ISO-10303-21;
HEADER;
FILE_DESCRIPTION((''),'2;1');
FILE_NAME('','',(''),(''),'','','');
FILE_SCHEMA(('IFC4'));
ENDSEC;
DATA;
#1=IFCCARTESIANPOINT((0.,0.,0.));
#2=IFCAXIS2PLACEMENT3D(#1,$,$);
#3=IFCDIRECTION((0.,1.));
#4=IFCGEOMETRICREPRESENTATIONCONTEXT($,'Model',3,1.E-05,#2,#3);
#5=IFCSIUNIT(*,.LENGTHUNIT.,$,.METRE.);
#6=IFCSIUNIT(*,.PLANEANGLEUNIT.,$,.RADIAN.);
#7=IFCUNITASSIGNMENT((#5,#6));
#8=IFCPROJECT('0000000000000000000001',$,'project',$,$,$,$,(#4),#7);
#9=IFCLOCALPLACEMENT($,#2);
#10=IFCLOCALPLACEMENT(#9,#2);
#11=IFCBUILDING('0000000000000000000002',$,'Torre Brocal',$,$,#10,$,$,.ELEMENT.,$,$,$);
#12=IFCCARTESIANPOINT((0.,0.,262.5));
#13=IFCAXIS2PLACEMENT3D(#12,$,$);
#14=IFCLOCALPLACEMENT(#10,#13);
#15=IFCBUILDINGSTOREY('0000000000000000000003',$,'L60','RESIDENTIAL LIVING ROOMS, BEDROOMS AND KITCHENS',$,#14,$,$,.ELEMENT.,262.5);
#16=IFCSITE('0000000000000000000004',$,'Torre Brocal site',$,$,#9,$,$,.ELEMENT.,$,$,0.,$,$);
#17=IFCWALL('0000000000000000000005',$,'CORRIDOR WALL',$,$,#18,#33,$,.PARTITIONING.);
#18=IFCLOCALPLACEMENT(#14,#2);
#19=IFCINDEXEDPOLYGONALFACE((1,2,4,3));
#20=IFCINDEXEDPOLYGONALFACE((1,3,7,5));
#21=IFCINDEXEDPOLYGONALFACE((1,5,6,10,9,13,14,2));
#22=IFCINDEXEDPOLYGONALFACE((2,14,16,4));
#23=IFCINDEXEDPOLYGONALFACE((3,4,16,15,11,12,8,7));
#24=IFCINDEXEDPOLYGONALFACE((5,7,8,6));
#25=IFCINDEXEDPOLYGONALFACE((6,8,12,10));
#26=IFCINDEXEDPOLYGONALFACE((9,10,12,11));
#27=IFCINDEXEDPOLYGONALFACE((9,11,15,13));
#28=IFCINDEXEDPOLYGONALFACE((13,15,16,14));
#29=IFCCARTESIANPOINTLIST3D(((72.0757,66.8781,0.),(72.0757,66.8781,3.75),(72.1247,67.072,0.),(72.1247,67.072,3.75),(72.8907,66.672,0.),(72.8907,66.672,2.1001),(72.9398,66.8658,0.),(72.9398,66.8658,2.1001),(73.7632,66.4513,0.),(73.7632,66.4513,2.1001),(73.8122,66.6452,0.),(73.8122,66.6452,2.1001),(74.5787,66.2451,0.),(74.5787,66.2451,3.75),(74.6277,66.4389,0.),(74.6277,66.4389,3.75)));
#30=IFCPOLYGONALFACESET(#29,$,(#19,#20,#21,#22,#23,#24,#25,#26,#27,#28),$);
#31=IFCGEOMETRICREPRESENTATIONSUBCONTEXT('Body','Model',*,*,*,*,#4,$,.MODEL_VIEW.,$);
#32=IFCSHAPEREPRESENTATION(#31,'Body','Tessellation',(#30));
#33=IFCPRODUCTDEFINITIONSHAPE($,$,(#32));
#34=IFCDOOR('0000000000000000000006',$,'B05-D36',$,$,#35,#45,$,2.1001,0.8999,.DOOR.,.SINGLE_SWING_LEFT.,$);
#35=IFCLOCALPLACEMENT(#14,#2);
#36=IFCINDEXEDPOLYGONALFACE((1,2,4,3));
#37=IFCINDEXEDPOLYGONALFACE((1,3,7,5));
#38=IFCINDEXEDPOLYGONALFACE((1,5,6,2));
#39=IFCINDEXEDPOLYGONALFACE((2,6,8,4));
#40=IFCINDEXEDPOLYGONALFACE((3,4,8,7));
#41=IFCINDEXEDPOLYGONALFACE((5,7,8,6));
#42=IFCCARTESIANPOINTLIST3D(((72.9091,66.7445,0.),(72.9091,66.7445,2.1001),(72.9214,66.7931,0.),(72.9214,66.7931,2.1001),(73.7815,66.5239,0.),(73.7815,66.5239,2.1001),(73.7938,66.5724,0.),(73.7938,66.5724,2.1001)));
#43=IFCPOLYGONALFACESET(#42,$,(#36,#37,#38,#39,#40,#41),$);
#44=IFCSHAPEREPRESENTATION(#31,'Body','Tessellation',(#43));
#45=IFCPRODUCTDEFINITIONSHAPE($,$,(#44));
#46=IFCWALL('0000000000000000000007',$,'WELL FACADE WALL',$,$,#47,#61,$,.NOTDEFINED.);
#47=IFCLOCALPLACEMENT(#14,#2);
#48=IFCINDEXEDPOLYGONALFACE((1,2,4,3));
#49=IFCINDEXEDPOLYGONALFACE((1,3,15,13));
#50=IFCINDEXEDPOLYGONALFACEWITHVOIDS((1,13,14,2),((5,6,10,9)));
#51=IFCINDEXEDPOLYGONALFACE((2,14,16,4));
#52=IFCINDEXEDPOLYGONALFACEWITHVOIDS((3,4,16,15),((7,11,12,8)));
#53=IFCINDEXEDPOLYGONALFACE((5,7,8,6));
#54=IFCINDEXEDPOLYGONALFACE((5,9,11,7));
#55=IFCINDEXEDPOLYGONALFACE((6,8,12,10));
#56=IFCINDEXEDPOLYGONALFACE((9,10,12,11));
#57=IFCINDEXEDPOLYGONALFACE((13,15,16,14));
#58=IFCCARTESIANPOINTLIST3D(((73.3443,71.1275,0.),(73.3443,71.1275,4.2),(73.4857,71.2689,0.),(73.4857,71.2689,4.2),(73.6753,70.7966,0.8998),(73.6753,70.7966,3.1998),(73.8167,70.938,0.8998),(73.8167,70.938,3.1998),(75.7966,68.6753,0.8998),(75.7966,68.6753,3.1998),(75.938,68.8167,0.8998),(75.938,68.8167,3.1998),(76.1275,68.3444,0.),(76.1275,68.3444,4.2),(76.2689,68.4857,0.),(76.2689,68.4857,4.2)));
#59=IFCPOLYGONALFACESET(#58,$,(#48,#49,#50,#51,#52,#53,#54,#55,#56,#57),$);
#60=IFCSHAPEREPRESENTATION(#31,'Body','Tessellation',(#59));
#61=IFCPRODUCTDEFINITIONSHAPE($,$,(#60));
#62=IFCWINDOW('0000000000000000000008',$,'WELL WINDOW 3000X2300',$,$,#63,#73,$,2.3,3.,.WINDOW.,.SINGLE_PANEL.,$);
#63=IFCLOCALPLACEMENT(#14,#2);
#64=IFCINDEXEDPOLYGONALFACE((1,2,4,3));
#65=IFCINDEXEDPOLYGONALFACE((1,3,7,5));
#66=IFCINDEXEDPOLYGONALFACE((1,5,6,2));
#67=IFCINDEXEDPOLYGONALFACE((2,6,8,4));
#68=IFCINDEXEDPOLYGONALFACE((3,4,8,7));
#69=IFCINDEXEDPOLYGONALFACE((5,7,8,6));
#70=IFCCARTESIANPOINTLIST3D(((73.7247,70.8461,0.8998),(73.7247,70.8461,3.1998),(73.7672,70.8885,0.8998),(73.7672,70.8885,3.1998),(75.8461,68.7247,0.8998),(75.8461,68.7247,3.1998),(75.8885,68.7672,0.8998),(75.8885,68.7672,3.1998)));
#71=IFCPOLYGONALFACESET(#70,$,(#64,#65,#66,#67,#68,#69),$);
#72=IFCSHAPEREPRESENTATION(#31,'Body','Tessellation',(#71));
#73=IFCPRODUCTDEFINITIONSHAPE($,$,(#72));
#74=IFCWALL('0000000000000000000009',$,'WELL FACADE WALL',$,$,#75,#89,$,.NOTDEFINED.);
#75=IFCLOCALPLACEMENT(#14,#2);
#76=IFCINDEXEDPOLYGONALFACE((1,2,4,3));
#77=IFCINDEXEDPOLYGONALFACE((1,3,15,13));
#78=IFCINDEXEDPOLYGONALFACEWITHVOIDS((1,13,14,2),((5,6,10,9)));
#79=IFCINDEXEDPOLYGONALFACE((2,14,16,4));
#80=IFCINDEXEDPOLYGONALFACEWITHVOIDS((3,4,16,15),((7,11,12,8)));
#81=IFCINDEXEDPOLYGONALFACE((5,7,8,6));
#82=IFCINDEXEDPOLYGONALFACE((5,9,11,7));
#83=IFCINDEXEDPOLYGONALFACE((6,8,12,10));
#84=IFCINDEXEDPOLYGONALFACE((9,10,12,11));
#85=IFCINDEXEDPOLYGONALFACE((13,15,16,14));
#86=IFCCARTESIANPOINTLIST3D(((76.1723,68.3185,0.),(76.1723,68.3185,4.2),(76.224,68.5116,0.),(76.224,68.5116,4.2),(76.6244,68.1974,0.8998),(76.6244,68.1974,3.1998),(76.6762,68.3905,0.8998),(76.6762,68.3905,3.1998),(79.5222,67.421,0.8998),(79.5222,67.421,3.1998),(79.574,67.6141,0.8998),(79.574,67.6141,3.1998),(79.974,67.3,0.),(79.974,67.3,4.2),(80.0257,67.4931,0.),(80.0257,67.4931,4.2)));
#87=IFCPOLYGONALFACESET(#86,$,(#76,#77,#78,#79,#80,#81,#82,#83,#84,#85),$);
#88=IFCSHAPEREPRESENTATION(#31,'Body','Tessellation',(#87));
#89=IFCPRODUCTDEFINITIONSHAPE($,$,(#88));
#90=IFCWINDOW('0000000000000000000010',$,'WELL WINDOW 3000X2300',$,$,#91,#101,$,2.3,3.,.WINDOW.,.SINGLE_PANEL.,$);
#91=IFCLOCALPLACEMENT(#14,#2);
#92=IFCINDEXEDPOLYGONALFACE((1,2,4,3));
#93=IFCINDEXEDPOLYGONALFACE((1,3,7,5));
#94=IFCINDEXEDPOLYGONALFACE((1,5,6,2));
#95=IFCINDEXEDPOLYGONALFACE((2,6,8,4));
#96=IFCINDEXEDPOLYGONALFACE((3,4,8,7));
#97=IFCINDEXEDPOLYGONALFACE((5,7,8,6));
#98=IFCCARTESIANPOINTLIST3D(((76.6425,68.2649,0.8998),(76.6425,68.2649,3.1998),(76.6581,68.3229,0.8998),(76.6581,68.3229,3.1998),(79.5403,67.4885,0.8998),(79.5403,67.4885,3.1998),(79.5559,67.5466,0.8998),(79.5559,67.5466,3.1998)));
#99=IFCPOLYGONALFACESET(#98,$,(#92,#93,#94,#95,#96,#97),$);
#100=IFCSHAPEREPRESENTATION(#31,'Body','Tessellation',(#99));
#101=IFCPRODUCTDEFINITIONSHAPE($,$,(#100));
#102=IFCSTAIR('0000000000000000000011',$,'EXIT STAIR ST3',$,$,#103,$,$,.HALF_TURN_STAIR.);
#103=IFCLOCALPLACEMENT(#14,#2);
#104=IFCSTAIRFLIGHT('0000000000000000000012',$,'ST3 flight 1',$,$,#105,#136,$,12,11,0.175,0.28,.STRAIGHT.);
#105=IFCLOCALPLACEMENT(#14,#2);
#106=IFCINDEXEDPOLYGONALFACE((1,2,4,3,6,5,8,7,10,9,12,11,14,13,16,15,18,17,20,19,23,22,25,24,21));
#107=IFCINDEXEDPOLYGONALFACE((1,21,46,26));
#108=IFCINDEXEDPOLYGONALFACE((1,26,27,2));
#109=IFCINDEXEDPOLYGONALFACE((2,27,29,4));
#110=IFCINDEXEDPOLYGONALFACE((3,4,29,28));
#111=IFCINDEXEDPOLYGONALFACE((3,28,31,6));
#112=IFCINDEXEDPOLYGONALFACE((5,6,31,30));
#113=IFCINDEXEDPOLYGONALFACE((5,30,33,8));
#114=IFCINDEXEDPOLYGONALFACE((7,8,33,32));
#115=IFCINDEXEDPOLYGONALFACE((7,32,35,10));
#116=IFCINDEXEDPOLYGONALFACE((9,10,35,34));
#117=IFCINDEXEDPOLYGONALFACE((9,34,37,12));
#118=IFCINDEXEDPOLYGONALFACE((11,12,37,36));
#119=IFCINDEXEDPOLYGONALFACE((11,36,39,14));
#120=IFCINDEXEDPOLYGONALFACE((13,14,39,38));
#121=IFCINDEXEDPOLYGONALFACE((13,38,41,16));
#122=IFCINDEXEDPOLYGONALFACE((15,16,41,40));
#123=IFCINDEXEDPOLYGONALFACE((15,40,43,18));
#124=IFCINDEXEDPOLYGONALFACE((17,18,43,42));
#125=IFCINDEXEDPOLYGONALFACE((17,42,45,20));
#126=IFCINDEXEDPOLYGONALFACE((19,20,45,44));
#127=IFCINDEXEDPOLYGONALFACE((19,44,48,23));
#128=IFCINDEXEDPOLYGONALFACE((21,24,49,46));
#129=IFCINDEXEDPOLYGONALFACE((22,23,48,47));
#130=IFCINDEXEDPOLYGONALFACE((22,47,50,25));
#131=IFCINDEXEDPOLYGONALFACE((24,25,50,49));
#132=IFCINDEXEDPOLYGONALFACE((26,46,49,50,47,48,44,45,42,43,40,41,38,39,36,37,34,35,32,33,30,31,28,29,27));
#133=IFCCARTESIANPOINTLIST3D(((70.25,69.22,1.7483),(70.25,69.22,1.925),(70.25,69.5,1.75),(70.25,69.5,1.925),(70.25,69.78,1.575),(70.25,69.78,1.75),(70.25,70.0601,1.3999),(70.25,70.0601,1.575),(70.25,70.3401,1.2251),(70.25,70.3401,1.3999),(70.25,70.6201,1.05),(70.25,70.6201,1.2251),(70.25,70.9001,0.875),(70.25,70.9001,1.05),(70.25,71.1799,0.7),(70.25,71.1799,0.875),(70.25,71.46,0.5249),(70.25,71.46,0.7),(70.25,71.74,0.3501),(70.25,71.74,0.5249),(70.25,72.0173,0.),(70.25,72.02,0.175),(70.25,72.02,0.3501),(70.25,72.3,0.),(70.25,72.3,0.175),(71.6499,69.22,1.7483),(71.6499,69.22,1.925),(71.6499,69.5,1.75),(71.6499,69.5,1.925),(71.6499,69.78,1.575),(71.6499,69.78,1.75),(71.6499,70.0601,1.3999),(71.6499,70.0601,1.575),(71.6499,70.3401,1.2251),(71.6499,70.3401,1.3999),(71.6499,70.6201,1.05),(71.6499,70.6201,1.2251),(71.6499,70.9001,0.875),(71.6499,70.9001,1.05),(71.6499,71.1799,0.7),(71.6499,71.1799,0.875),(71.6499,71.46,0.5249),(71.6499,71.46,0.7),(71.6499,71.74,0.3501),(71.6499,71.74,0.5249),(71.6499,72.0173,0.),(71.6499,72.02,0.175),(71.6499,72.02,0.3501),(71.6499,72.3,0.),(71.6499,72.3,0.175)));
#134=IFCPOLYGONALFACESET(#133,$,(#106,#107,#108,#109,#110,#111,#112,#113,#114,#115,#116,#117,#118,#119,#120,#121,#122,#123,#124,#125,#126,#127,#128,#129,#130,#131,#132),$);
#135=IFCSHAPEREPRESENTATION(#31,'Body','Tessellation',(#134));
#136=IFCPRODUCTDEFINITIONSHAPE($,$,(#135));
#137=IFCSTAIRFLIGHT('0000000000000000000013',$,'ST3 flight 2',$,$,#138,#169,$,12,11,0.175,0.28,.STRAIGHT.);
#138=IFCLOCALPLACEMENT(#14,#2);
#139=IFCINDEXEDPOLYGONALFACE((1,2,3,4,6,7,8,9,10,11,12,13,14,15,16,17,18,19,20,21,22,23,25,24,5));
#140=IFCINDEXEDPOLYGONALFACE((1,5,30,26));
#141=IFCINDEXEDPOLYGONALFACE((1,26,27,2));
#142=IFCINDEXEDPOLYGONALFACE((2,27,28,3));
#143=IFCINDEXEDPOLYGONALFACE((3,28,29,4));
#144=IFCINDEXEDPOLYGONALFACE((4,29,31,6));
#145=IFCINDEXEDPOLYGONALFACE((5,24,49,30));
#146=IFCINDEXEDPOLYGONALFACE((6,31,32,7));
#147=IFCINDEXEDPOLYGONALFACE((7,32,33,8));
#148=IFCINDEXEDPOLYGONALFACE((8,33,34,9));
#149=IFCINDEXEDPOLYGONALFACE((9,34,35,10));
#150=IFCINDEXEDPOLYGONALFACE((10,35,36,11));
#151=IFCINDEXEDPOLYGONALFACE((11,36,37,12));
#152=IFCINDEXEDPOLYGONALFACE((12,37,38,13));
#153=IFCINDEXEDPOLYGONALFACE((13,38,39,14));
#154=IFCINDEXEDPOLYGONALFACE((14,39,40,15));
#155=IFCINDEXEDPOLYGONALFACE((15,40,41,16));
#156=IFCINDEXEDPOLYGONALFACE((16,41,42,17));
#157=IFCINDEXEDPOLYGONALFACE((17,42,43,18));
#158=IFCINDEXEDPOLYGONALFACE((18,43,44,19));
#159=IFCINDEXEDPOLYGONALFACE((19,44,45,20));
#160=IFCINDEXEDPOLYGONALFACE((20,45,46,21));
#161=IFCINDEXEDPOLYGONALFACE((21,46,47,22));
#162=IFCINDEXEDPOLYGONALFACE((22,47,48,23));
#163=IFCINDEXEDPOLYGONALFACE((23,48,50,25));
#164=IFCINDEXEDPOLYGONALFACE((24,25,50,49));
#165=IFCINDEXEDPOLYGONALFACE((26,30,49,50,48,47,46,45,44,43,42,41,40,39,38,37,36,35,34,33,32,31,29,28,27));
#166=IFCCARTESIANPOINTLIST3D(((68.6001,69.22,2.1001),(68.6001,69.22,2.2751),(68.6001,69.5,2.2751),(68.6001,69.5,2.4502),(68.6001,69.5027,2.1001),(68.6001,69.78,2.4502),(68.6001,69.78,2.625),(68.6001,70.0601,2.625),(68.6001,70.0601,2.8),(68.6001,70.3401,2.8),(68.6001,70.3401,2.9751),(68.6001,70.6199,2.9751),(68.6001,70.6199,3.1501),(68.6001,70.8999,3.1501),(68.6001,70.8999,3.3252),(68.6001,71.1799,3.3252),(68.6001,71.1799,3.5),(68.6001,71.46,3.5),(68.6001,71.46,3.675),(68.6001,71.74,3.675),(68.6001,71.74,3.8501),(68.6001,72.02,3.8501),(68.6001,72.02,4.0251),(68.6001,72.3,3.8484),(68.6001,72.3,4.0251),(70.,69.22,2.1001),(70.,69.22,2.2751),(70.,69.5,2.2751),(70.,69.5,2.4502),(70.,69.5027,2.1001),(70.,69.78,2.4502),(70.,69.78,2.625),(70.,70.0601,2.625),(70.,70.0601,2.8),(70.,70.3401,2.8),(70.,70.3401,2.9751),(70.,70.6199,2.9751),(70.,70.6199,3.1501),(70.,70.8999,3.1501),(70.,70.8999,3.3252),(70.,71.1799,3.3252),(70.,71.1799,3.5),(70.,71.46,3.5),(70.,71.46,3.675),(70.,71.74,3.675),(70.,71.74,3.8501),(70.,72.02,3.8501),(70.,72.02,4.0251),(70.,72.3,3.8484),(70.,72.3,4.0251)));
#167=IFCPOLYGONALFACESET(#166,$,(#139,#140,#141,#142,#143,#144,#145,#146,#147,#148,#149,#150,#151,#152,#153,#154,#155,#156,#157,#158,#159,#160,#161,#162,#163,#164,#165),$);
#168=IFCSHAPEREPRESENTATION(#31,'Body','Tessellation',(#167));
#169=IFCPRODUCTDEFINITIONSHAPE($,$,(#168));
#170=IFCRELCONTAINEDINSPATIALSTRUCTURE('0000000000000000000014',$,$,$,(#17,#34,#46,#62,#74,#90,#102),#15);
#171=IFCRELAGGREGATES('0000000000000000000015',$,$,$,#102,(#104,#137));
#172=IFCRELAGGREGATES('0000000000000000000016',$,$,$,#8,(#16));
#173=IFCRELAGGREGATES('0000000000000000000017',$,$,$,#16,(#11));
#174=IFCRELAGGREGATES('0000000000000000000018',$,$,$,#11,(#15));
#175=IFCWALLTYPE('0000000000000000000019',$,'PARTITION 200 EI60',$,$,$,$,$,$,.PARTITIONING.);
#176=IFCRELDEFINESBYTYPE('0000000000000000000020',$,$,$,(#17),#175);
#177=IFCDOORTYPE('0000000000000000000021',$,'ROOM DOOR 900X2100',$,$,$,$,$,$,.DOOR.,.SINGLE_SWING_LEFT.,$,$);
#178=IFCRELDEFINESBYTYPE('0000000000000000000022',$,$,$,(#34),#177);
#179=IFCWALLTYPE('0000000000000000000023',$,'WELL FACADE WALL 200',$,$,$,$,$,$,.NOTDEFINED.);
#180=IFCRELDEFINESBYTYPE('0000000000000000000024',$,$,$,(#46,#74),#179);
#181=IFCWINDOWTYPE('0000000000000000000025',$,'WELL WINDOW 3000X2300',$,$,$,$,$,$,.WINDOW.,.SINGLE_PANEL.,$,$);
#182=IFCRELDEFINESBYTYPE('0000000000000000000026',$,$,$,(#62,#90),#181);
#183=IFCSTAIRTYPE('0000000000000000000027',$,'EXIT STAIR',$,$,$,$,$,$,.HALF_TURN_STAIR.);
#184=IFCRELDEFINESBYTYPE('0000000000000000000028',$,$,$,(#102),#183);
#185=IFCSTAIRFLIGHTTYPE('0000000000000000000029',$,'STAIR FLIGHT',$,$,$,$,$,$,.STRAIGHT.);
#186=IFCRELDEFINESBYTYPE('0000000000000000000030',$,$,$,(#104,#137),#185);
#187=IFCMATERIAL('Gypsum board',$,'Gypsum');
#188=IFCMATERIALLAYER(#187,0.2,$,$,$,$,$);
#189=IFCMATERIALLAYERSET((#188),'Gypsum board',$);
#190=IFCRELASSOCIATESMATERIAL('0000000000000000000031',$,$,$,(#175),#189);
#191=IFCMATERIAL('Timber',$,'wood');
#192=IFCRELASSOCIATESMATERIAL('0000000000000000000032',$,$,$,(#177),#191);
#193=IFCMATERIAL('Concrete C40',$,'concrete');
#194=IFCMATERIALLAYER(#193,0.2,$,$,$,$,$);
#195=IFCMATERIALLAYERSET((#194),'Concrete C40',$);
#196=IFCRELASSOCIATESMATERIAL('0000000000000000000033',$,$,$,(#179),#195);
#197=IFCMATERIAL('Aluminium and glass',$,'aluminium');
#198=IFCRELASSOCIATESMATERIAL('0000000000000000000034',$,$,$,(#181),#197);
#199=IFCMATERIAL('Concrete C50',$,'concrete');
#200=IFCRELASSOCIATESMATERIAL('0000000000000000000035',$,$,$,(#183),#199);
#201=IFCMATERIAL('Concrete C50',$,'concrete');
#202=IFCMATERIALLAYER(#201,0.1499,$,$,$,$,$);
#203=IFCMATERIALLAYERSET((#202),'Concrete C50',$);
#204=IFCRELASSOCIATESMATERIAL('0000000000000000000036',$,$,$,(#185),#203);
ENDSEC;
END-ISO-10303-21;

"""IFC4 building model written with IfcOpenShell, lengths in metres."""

from ifc_helpers import new_model, si_unit, direction, frame, frame_2d, origin, place, context, subcontext, project, spatial, polyline, rectangle, outline, extrude, material, layer, layer_set, type_object, element, fill, aggregate, save


model = new_model("IFC4")

# Units and contexts
model_context = context("Model", 3, precision=1e-05, world=origin(), true_north=direction((0.0, 1.0)))
body_context = subcontext(model_context, "Body", "Model", "MODEL_VIEW")
ifc_project = project(units=[si_unit("LENGTHUNIT", "METRE"), si_unit("PLANEANGLEUNIT", "RADIAN")], contexts=[model_context])

# Site, building, storey
site_placement = place(None, origin())
site = spatial("IfcSite", under=ifc_project, at=site_placement, Name="Torre Brocal site", CompositionType="ELEMENT", RefElevation=0.0)
building_placement = place(site_placement, origin())
building = spatial("IfcBuilding", under=site, at=building_placement, Name="Torre Brocal", CompositionType="ELEMENT")
storey_placement = place(building_placement, frame((0.0, 0.0, 262.5)))
storey = spatial("IfcBuildingStorey", under=building, at=storey_placement, Name="L60", Description="RESIDENTIAL LIVING ROOMS, BEDROOMS AND KITCHENS", CompositionType="ELEMENT", Elevation=262.5)

# Wall, opening, door
ifc_material_1 = material(Name="Gypsum board", Category="Gypsum")
ifc_layer_1 = layer(ifc_material_1, 0.2)
ifc_layer_set_1 = layer_set([ifc_layer_1], Name="Gypsum board")
wall_type_1 = type_object("IfcWallType", Name="PARTITION 200 EI60", PredefinedType="PARTITIONING", material=ifc_layer_set_1)
wall_1_placement = place(storey_placement, frame((72.1001, 66.9751, 0.0), z_axis=(0.0, 0.0, 1.0), x_axis=(0.969471, -0.245205, 0.0)))
wall_1 = element("IfcWall", 1, at=wall_1_placement, inside=storey, type_object=wall_type_1, Name="CORRIDOR WALL", PredefinedType="PARTITIONING", context=body_context, shape_type="SweptSolid", body=[
    extrude(rectangle(XDim=2.5818, YDim=0.2, at=frame_2d((1.291, 0.0))), origin(), (0.0, 0.0, 1.0), 3.75),
])
opening_1_placement = place(wall_1_placement, frame((0.8408, 0.0, 0.0)))
opening_1 = element("IfcOpeningElement", 2, at=opening_1_placement, cuts=wall_1, PredefinedType="OPENING", context=body_context, shape_type="SweptSolid", body=[
    extrude(rectangle(XDim=0.8999, YDim=2.1001, at=frame_2d((0.45, 1.05))), frame((0.0, 0.1099, 0.0), z_axis=(0.0, -1.0, 0.0), x_axis=(1.0, 0.0, 0.0)), (0.0, 0.0, 1.0), 0.22),
])
ifc_material_2 = material(Name="Timber", Category="wood")
door_type_1 = type_object("IfcDoorType", Name="ROOM DOOR 900X2100", OperationType="SINGLE_SWING_LEFT", PredefinedType="DOOR", material=ifc_material_2)
door_1_placement = place(opening_1_placement, origin())
door_1 = element("IfcDoor", 3, at=door_1_placement, inside=storey, type_object=door_type_1, Name="B05-D36", OperationType="SINGLE_SWING_LEFT", OverallHeight=2.1001, OverallWidth=0.8999, PredefinedType="DOOR", context=body_context, shape_type="SweptSolid", body=[
    extrude(rectangle(XDim=0.8999, YDim=2.1001, at=frame_2d((0.45, 1.05))), frame((0.0, 0.0249, 0.0), z_axis=(0.0, -1.0, 0.0), x_axis=(1.0, 0.0, 0.0)), (0.0, 0.0, 1.0), 0.05),
])
fill(opening_1, door_1)

# Walls, openings, windows
ifc_material_3 = material(Name="Concrete C40", Category="concrete")
ifc_layer_2 = layer(ifc_material_3, 0.2)
ifc_layer_set_2 = layer_set([ifc_layer_2], Name="Concrete C40")
wall_type_2 = type_object("IfcWallType", Name="WELL FACADE WALL 200", PredefinedType="NOTDEFINED", material=ifc_layer_set_2)
wall_2_placement = place(storey_placement, frame((73.415, 71.1982, 0.0), z_axis=(0.0, 0.0, 1.0), x_axis=(0.707107, -0.707107, 0.0)))
wall_2 = element("IfcWall", 4, at=wall_2_placement, inside=storey, type_object=wall_type_2, Name="WELL FACADE WALL", PredefinedType="NOTDEFINED", context=body_context, shape_type="SweptSolid", body=[
    extrude(rectangle(XDim=3.936, YDim=0.2, at=frame_2d((1.968, 0.0))), origin(), (0.0, 0.0, 1.0), 4.2),
])
opening_2_placement = place(wall_2_placement, frame((0.468, 0.0, 0.8999)))
opening_2 = element("IfcOpeningElement", 5, at=opening_2_placement, cuts=wall_2, PredefinedType="OPENING", context=body_context, shape_type="SweptSolid", body=[
    extrude(rectangle(XDim=3.0, YDim=2.3, at=frame_2d((1.5, 1.1499))), frame((0.0, 0.1099, 0.0), z_axis=(0.0, -1.0, 0.0), x_axis=(1.0, 0.0, 0.0)), (0.0, 0.0, 1.0), 0.22),
])
ifc_material_4 = material(Name="Aluminium and glass", Category="aluminium")
window_type = type_object("IfcWindowType", Name="WELL WINDOW 3000X2300", PartitioningType="SINGLE_PANEL", PredefinedType="WINDOW", material=ifc_material_4)
window_1_placement = place(opening_2_placement, origin())
window_1 = element("IfcWindow", 6, at=window_1_placement, inside=storey, type_object=window_type, Name="WELL WINDOW 3000X2300", OverallHeight=2.3, OverallWidth=3.0, PartitioningType="SINGLE_PANEL", PredefinedType="WINDOW", context=body_context, shape_type="SweptSolid", body=[
    extrude(rectangle(XDim=3.0, YDim=2.3, at=frame_2d((1.5, 1.1499))), frame((0.0, 0.03, 0.0), z_axis=(0.0, -1.0, 0.0), x_axis=(1.0, 0.0, 0.0)), (0.0, 0.0, 1.0), 0.0601),
])
fill(opening_2, window_1)
wall_3_placement = place(storey_placement, frame((76.1982, 68.415, 0.0), z_axis=(0.0, 0.0, 1.0), x_axis=(0.965934, -0.25879, 0.0)))
wall_3 = element("IfcWall", 7, at=wall_3_placement, inside=storey, type_object=wall_type_2, Name="WELL FACADE WALL", PredefinedType="NOTDEFINED", context=body_context, shape_type="SweptSolid", body=[
    extrude(rectangle(XDim=3.9358, YDim=0.2, at=frame_2d((1.9678, 0.0))), origin(), (0.0, 0.0, 1.0), 4.2),
])
opening_3_placement = place(wall_3_placement, frame((0.468, 0.0, 0.8999)))
opening_3 = element("IfcOpeningElement", 8, at=opening_3_placement, cuts=wall_3, PredefinedType="OPENING", context=body_context, shape_type="SweptSolid", body=[
    extrude(rectangle(XDim=3.0, YDim=2.3, at=frame_2d((1.5, 1.1499))), frame((0.0, 0.1099, 0.0), z_axis=(0.0, -1.0, 0.0), x_axis=(1.0, 0.0, 0.0)), (0.0, 0.0, 1.0), 0.22),
])
window_2_placement = place(opening_3_placement, origin())
window_2 = element("IfcWindow", 9, at=window_2_placement, inside=storey, type_object=window_type, Name="WELL WINDOW 3000X2300", OverallHeight=2.3, OverallWidth=3.0, PartitioningType="SINGLE_PANEL", PredefinedType="WINDOW", context=body_context, shape_type="SweptSolid", body=[
    extrude(rectangle(XDim=3.0, YDim=2.3, at=frame_2d((1.5, 1.1499))), frame((0.0, 0.03, 0.0), z_axis=(0.0, -1.0, 0.0), x_axis=(1.0, 0.0, 0.0)), (0.0, 0.0, 1.0), 0.0601),
])
fill(opening_3, window_2)

# Stair, stair flights
ifc_material_5 = material(Name="Concrete C50", Category="concrete")
stair_type = type_object("IfcStairType", Name="EXIT STAIR", PredefinedType="HALF_TURN_STAIR", material=ifc_material_5)
stair_placement = place(storey_placement, origin())
stair = element("IfcStair", 10, at=stair_placement, inside=storey, type_object=stair_type, Name="EXIT STAIR ST3", PredefinedType="HALF_TURN_STAIR")
ifc_material_6 = material(Name="Concrete C50", Category="concrete")
ifc_layer_3 = layer(ifc_material_6, 0.1499)
ifc_layer_set_3 = layer_set([ifc_layer_3], Name="Concrete C50")
stair_flight_type = type_object("IfcStairFlightType", Name="STAIR FLIGHT", PredefinedType="STRAIGHT", material=ifc_layer_set_3)
stair_flight_1_placement = place(storey_placement, frame((70.95, 72.3, 0.0), z_axis=(0.0, 0.0, 1.0), x_axis=(0.0, -1.0, 0.0)))
stair_flight_1 = element("IfcStairFlight", 11, at=stair_flight_1_placement, type_object=stair_flight_type, Name="ST3 flight 1", NumberOfRisers=12, NumberOfTreads=11, PredefinedType="STRAIGHT", RiserHeight=0.175, TreadLength=0.28, context=body_context, shape_type="SweptSolid", body=[
    extrude(outline(polyline([(0.0, 0.0), (0.0, 0.175), (0.28, 0.175), (0.28, 0.3501), (0.5601, 0.3501), (0.5601, 0.5249), (0.8401, 0.5249), (0.8401, 0.7), (1.1201, 0.7), (1.1201, 0.875), (1.3999, 0.875), (1.3999, 1.05), (1.6799, 1.05), (1.6799, 1.2251), (1.96, 1.2251), (1.96, 1.3999), (2.24, 1.3999), (2.24, 1.575), (2.52, 1.575), (2.52, 1.75), (2.8, 1.75), (2.8, 1.925), (3.0801, 1.925), (3.0801, 2.1001), (3.0801, 1.7483), (0.2827, 0.0), (0.0, 0.0)])), frame((0.0, 0.7, 0.0), z_axis=(0.0, -1.0, 0.0), x_axis=(1.0, 0.0, 0.0)), (0.0, 0.0, 1.0), 1.3999),
])
stair_flight_2_placement = place(storey_placement, frame((69.3, 69.22, 2.1001), z_axis=(0.0, 0.0, 1.0), x_axis=(0.0, 1.0, 0.0)))
stair_flight_2 = element("IfcStairFlight", 12, at=stair_flight_2_placement, type_object=stair_flight_type, Name="ST3 flight 2", NumberOfRisers=12, NumberOfTreads=11, PredefinedType="STRAIGHT", RiserHeight=0.175, TreadLength=0.28, context=body_context, shape_type="SweptSolid", body=[
    extrude(outline(polyline([(0.0, 0.0), (0.0, 0.175), (0.28, 0.175), (0.28, 0.3501), (0.5601, 0.3501), (0.5601, 0.5249), (0.8401, 0.5249), (0.8401, 0.7), (1.1201, 0.7), (1.1201, 0.875), (1.3999, 0.875), (1.3999, 1.05), (1.6799, 1.05), (1.6799, 1.2251), (1.96, 1.2251), (1.96, 1.3999), (2.24, 1.3999), (2.24, 1.575), (2.52, 1.575), (2.52, 1.75), (2.8, 1.75), (2.8, 1.925), (3.0801, 1.925), (3.0801, 2.1001), (3.0801, 1.7483), (0.2827, 0.0), (0.0, 0.0)])), frame((0.0, 0.7, 0.0), z_axis=(0.0, -1.0, 0.0), x_axis=(1.0, 0.0, 0.0)), (0.0, 0.0, 1.0), 1.3999),
])
aggregate(stair, [stair_flight_1, stair_flight_2])

save(model, "model.ifc")
